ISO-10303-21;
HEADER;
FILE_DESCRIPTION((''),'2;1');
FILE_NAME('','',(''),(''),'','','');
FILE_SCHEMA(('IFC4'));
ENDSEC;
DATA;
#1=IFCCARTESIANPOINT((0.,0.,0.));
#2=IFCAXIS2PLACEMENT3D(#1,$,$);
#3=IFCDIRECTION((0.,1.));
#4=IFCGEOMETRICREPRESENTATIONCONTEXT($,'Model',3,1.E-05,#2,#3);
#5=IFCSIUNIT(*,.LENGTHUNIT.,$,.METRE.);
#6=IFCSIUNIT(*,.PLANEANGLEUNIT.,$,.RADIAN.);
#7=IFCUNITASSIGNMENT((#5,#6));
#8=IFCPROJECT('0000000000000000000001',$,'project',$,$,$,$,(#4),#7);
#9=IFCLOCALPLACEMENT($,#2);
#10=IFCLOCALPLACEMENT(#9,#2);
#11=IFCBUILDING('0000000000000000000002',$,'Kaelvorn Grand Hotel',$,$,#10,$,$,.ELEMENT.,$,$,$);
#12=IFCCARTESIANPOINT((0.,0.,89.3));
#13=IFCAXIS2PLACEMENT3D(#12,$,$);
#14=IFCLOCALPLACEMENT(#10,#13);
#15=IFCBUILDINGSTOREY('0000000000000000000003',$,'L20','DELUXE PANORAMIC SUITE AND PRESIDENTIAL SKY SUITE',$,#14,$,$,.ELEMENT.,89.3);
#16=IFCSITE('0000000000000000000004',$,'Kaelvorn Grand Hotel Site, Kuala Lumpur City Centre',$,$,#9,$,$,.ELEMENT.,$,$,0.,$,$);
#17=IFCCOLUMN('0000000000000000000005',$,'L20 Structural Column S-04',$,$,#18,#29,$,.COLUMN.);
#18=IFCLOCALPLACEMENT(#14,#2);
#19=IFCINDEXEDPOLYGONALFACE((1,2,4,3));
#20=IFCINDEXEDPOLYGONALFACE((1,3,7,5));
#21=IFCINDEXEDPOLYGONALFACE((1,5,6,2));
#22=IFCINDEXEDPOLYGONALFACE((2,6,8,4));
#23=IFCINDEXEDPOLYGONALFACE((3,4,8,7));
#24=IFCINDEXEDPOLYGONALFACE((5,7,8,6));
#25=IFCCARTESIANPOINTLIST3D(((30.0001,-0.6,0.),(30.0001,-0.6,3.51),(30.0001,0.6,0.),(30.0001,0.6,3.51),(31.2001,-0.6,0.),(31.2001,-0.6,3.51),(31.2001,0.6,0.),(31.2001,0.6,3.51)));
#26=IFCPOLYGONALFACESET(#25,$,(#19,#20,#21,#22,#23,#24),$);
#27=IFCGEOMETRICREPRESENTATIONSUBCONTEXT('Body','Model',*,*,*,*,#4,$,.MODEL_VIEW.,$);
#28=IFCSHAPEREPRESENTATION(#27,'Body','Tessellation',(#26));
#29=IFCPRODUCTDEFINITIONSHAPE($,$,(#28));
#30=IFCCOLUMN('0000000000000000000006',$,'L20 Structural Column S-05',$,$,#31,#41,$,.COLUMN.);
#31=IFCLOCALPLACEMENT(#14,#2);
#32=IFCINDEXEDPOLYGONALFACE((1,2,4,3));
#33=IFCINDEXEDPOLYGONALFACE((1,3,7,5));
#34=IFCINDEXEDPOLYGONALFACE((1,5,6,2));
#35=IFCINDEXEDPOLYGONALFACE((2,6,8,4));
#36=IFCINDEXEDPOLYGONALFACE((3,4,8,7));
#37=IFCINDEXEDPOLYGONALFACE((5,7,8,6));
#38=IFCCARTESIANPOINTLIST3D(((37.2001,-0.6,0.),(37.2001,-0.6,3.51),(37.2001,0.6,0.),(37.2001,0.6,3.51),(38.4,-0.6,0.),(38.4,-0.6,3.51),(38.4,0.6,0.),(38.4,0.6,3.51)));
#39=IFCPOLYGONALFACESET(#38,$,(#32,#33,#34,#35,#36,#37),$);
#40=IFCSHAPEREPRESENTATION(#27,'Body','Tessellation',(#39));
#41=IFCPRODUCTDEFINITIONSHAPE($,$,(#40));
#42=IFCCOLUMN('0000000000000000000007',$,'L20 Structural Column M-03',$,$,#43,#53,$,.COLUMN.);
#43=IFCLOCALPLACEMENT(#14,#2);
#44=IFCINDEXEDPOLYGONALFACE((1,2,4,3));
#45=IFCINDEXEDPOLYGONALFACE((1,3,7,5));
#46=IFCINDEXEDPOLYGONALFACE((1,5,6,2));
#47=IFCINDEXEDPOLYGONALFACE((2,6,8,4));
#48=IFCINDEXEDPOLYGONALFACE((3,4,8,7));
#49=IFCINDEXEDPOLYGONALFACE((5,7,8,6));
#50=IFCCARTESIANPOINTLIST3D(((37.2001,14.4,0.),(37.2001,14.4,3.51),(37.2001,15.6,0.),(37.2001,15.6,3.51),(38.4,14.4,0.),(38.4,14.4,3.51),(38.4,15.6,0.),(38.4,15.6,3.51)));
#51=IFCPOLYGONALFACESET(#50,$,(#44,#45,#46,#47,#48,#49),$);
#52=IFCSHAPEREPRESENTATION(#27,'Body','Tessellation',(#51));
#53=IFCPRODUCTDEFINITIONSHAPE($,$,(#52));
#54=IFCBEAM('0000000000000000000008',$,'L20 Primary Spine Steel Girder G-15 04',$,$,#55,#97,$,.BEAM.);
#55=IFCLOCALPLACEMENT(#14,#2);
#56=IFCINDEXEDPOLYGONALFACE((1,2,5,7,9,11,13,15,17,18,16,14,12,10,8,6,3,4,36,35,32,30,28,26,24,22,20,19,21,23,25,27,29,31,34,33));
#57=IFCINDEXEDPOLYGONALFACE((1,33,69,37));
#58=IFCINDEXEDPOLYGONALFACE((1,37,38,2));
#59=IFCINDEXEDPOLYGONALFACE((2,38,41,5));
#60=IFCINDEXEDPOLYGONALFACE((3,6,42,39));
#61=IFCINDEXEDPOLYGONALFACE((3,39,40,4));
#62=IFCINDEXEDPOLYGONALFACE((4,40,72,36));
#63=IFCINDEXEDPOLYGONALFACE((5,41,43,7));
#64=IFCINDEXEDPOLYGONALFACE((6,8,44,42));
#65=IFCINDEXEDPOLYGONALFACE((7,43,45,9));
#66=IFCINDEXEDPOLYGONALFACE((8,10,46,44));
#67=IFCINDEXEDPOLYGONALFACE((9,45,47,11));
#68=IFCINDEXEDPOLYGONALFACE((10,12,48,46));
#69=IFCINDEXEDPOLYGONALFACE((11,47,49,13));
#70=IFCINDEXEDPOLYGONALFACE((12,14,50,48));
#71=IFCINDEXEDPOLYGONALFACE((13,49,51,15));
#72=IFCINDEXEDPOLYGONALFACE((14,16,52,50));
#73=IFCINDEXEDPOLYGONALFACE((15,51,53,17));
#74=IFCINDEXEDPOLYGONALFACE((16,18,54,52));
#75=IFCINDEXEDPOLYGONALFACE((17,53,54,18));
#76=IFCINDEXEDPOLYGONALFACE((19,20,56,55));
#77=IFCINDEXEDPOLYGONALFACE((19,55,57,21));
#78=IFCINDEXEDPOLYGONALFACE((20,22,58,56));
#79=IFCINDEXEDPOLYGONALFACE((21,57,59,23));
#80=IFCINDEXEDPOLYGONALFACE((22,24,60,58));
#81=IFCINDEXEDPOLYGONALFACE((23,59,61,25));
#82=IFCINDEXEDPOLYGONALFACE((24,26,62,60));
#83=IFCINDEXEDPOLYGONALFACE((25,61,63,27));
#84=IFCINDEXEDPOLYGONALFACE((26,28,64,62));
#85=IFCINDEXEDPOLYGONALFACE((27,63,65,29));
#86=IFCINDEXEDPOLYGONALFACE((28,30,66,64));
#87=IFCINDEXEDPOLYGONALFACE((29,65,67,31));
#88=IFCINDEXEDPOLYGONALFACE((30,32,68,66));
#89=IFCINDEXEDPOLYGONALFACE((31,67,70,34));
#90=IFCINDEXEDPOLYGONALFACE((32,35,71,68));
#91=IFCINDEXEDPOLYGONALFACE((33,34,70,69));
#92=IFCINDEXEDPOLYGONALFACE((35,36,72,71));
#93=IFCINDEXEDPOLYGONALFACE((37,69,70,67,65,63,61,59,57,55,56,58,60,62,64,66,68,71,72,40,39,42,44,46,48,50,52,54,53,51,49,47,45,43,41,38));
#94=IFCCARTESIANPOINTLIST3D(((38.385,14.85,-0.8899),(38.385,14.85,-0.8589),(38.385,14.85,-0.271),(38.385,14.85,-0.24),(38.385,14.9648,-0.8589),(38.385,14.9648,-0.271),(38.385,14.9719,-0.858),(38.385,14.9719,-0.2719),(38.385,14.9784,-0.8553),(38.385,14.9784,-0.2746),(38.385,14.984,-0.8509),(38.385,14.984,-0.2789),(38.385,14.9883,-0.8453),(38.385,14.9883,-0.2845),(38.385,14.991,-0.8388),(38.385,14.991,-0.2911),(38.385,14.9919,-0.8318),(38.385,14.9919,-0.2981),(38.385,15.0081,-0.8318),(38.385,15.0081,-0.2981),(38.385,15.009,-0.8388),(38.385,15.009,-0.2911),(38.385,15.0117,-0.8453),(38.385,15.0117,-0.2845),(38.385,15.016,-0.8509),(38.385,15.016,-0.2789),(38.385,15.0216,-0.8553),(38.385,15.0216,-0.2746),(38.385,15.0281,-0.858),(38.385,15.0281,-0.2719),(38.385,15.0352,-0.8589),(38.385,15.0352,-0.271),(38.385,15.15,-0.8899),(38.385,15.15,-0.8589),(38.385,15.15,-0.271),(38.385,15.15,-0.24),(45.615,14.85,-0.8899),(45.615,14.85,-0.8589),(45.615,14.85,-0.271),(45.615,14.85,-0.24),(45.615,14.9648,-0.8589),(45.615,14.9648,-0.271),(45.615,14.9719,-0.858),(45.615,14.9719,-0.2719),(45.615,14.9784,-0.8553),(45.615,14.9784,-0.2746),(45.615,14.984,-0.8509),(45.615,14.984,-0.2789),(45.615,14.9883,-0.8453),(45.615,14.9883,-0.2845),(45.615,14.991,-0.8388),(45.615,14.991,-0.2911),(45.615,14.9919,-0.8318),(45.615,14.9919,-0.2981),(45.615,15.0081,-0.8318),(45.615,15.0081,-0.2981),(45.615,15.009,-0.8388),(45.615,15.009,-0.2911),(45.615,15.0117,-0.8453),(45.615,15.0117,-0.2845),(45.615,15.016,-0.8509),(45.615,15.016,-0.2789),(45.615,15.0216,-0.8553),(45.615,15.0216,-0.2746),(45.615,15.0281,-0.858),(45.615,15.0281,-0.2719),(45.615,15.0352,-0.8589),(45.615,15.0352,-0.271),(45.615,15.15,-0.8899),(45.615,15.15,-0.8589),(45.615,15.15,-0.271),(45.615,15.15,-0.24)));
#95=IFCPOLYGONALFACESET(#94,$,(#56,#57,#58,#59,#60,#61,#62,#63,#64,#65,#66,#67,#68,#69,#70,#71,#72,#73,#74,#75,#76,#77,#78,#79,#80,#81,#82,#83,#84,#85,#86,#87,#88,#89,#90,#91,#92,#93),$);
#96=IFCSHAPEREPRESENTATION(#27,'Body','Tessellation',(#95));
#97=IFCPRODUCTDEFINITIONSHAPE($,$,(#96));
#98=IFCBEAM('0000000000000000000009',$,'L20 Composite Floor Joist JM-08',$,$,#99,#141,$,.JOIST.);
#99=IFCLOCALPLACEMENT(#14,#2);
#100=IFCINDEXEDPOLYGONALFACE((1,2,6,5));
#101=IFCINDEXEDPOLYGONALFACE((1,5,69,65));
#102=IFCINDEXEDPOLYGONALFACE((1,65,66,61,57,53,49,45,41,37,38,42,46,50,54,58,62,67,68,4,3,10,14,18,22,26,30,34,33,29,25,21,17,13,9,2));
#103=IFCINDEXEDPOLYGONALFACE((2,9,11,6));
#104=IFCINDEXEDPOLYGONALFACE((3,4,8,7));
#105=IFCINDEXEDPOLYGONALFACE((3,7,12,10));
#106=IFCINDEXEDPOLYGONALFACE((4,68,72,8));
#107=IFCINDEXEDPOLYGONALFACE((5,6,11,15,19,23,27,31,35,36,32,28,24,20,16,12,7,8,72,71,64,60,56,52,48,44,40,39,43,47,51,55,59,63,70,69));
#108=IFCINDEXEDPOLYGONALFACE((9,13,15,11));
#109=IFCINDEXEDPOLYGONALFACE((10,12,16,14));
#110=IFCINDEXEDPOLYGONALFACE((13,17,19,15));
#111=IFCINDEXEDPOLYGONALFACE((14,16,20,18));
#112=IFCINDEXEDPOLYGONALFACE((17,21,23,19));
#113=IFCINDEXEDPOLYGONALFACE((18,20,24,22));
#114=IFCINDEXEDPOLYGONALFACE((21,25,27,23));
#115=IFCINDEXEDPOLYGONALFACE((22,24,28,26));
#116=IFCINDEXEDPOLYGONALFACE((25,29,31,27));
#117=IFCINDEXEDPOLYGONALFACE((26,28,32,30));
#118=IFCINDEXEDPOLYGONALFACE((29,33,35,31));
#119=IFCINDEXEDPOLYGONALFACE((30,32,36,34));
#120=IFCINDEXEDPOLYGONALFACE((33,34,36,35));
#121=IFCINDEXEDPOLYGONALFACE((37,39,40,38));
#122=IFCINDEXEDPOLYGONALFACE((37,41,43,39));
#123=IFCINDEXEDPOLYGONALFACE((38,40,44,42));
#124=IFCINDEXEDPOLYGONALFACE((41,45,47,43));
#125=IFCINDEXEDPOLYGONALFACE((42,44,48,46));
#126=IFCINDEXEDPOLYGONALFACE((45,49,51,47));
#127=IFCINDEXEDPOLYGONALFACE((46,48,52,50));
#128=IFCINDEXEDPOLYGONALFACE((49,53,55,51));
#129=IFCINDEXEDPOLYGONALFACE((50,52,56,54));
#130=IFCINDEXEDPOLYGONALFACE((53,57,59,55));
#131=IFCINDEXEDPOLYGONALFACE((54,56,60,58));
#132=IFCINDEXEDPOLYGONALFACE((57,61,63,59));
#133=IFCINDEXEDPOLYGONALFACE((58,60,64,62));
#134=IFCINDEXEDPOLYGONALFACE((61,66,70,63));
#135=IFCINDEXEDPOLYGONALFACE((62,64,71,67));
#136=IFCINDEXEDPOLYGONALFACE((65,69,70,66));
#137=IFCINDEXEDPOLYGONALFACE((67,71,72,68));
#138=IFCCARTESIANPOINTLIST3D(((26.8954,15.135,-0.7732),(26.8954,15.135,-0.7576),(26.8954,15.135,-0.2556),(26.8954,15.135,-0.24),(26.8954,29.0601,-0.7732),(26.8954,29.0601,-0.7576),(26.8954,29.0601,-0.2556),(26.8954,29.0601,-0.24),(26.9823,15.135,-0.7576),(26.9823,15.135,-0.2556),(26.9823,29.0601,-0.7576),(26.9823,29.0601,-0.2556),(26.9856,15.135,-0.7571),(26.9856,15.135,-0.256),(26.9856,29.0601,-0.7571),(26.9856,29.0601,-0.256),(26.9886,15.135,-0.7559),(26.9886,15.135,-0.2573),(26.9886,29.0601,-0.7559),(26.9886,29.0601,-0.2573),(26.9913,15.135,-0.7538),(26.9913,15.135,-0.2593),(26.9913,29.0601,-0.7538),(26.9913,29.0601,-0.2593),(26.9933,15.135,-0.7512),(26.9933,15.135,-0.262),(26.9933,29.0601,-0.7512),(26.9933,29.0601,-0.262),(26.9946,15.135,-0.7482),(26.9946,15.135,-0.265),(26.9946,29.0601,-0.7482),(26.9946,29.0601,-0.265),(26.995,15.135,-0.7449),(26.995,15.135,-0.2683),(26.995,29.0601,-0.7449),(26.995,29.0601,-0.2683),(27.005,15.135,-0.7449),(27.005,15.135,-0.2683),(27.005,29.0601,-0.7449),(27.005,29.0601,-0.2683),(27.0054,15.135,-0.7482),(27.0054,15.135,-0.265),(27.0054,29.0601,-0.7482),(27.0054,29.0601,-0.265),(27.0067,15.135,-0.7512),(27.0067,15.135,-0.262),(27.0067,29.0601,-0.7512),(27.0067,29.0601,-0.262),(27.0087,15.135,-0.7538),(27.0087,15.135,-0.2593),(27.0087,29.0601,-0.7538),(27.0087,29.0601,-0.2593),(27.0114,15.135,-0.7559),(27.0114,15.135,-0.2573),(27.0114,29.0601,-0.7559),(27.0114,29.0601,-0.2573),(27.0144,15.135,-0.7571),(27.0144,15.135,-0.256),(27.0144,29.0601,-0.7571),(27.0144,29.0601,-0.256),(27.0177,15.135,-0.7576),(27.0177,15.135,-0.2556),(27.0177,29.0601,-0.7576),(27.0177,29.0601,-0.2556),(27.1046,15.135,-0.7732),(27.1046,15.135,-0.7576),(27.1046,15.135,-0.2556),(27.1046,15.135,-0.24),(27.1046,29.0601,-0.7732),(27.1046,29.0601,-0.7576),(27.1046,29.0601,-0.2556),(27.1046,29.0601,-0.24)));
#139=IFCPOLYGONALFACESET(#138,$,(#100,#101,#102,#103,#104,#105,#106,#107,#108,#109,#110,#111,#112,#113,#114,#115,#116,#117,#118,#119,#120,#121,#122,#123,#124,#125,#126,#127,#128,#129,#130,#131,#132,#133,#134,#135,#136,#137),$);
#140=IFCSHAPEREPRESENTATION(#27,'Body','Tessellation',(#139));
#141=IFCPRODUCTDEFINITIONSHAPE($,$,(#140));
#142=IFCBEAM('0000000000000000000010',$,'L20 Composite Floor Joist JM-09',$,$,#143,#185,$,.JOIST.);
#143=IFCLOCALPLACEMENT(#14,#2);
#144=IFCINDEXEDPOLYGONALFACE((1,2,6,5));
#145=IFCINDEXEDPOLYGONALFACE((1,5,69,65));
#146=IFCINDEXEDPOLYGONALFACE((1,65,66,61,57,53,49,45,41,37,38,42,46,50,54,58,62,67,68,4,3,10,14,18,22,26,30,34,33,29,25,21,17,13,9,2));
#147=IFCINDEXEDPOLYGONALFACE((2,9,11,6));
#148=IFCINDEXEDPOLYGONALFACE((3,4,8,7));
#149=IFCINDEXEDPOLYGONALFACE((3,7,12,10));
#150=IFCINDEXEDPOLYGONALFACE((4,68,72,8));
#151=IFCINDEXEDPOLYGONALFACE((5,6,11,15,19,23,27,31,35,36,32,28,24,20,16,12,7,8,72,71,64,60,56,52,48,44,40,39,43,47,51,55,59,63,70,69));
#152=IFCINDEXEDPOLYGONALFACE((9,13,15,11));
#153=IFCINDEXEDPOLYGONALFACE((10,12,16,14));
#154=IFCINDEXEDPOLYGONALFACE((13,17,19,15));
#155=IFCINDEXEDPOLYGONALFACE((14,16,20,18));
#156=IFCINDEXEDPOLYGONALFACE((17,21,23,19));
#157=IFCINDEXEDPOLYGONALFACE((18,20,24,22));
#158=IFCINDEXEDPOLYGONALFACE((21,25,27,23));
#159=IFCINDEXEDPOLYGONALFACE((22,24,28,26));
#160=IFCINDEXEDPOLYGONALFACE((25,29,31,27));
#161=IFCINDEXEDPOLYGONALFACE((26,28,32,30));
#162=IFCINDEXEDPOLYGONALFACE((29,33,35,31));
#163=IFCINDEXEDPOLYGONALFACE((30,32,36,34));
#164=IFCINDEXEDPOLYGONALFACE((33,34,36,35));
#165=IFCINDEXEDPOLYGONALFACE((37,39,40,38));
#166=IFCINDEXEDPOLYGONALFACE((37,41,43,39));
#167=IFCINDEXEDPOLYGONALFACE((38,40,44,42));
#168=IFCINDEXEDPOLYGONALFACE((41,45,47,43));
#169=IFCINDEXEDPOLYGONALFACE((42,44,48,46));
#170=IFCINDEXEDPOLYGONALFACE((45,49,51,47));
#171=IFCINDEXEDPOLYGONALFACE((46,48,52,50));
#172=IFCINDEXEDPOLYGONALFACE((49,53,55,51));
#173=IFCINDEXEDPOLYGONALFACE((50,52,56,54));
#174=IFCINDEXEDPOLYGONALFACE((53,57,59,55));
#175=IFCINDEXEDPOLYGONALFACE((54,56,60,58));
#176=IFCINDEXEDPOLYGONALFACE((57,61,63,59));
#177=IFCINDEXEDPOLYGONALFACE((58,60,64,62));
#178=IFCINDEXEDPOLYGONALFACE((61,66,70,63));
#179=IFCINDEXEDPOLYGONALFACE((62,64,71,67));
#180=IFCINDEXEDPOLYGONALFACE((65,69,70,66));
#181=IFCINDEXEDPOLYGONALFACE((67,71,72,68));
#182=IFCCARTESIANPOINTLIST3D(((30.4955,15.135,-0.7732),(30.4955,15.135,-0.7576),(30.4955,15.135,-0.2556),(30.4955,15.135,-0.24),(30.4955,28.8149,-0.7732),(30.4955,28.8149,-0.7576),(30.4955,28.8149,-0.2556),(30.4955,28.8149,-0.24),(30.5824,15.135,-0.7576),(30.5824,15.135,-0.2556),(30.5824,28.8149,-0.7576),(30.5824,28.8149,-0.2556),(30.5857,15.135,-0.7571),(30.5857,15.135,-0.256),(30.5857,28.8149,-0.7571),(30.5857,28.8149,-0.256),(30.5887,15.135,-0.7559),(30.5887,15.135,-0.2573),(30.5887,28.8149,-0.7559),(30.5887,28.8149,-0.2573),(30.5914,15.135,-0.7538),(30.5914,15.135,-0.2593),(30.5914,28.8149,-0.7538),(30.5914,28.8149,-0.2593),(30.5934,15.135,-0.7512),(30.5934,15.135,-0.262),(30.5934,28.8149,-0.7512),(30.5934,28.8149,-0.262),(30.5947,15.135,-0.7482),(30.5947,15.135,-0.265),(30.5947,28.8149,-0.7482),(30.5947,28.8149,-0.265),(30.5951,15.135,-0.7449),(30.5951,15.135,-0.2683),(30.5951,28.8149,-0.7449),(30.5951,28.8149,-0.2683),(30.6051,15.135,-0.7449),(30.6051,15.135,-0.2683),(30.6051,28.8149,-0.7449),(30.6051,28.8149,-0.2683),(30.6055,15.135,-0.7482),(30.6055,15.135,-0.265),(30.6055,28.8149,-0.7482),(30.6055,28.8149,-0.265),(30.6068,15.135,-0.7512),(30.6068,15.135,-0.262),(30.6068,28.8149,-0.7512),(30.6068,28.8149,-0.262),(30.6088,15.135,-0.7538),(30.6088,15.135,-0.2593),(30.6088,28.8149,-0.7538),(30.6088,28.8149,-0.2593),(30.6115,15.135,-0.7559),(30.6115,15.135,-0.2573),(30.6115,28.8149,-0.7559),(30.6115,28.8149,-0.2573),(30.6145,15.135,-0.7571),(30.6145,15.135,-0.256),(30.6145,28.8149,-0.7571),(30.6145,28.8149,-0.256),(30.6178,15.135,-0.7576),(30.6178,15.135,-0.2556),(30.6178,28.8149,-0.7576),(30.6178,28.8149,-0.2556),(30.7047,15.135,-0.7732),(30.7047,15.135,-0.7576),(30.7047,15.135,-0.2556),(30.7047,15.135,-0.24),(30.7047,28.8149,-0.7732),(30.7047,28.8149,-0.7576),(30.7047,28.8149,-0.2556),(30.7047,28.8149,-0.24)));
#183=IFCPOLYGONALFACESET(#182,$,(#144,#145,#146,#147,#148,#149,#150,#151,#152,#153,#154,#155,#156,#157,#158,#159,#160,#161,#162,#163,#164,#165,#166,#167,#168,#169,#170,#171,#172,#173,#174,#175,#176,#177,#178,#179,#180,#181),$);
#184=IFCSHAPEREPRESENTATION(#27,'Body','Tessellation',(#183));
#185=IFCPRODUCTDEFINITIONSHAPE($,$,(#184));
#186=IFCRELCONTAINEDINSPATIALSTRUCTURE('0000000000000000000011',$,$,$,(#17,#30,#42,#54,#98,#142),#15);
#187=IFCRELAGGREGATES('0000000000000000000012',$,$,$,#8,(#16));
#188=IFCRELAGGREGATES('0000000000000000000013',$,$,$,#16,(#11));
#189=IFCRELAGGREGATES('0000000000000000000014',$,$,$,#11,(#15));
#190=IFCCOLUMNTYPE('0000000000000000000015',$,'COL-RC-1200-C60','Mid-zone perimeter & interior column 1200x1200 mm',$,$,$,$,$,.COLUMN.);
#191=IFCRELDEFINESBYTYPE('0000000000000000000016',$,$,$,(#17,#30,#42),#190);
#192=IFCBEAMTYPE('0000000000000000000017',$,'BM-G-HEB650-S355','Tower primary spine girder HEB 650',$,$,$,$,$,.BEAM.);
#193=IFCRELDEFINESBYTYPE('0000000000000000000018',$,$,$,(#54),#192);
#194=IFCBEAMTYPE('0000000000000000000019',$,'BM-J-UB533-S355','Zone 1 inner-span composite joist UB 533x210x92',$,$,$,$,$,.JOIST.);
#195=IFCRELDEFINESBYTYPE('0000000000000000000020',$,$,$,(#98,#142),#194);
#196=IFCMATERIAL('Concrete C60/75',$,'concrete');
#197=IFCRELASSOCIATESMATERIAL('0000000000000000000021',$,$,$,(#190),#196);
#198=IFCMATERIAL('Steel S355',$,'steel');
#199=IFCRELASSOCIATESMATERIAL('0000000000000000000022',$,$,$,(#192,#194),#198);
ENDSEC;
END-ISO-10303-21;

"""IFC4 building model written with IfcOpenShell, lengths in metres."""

from ifc_helpers import new_model, si_unit, direction, frame, origin, origin_2d, place, context, subcontext, project, spatial, rectangle, i_section, extrude, material, material_profile, profile_set, type_object, element, save


model = new_model("IFC4")

# Units and contexts
model_context = context("Model", 3, precision=1e-05, world=origin(), true_north=direction((0.0, 1.0)))
body_context = subcontext(model_context, "Body", "Model", "MODEL_VIEW")
ifc_project = project(units=[si_unit("LENGTHUNIT", "METRE"), si_unit("PLANEANGLEUNIT", "RADIAN")], contexts=[model_context])

# Site, building, storey
site_placement = place(None, origin())
site = spatial("IfcSite", under=ifc_project, at=site_placement, Name="Kaelvorn Grand Hotel Site, Kuala Lumpur City Centre", CompositionType="ELEMENT", RefElevation=0.0)
building_placement = place(site_placement, origin())
building = spatial("IfcBuilding", under=site, at=building_placement, Name="Kaelvorn Grand Hotel", CompositionType="ELEMENT")
storey_placement = place(building_placement, frame((0.0, 0.0, 89.3)))
storey = spatial("IfcBuildingStorey", under=building, at=storey_placement, Name="L20", Description="DELUXE PANORAMIC SUITE AND PRESIDENTIAL SKY SUITE", CompositionType="ELEMENT", Elevation=89.3)

# Columns
ifc_material_1 = material(Name="Concrete C60/75", Category="concrete")
ifc_material_profile_1 = material_profile(ifc_material_1, rectangle(XDim=1.2, YDim=1.2, at=origin_2d()), Name="RC COL 1200x1200")
ifc_profile_set_1 = profile_set([ifc_material_profile_1], Name="Concrete C60/75")
column_type = type_object("IfcColumnType", Name="COL-RC-1200-C60", Description="Mid-zone perimeter & interior column 1200x1200 mm", PredefinedType="COLUMN", material=ifc_profile_set_1)
for number, where, z_axis, x_axis, name in (
    (1, (30.6001, 0.0, 0.0), (0.0, 0.0, 1.0), (1.0, 0.0, 0.0), "L20 Structural Column S-04"),
    (2, (37.8, 0.0, 0.0), (0.0, 0.0, 1.0), (1.0, 0.0, 0.0), "L20 Structural Column S-05"),
    (3, (37.8, 15.0, 0.0), (0.0, 0.0, 1.0), (1.0, 0.0, 0.0), "L20 Structural Column M-03"),
):
    element("IfcColumn", number, at=place(storey_placement, frame(where, z_axis=z_axis, x_axis=x_axis)), inside=storey, type_object=column_type, Name=name, PredefinedType="COLUMN", context=body_context, shape_type="SweptSolid", body=[
        extrude(rectangle(XDim=1.2, YDim=1.2, at=origin_2d()), origin(), (0.0, 0.0, 1.0), 3.51),
    ])

# Beams
ifc_material_2 = material(Name="Steel S355", Category="steel")
ifc_material_profile_2 = material_profile(ifc_material_2, i_section(OverallWidth=0.3, OverallDepth=0.6499, WebThickness=0.0161, FlangeThickness=0.031, FilletRadius=0.0271, at=origin_2d()), Name="HEB 650")
ifc_profile_set_2 = profile_set([ifc_material_profile_2], Name="Steel S355")
beam_type_1 = type_object("IfcBeamType", Name="BM-G-HEB650-S355", Description="Tower primary spine girder HEB 650", PredefinedType="BEAM", material=ifc_profile_set_2)
beam_1_placement = place(storey_placement, frame((38.385, 15.0, -0.5649), z_axis=(1.0, 0.0, 0.0), x_axis=(0.0, 1.0, 0.0)))
element("IfcBeam", 4, at=beam_1_placement, inside=storey, type_object=beam_type_1, Name="L20 Primary Spine Steel Girder G-15 04", PredefinedType="BEAM", context=body_context, shape_type="SweptSolid", body=[
    extrude(i_section(OverallWidth=0.3, OverallDepth=0.6499, WebThickness=0.0161, FlangeThickness=0.031, FilletRadius=0.0271, at=origin_2d()), origin(), (0.0, 0.0, 1.0), 7.23),
])
ifc_material_profile_3 = material_profile(ifc_material_2, i_section(OverallWidth=0.2092, OverallDepth=0.5332, WebThickness=0.01, FlangeThickness=0.0156, FilletRadius=0.0127, at=origin_2d()), Name="UB 533x210x92")
ifc_profile_set_3 = profile_set([ifc_material_profile_3], Name="Steel S355")
beam_type_2 = type_object("IfcBeamType", Name="BM-J-UB533-S355", Description="Zone 1 inner-span composite joist UB 533x210x92", PredefinedType="JOIST", material=ifc_profile_set_3)
beam_2_placement = place(storey_placement, frame((27.0, 15.135, -0.5066), z_axis=(0.0, 1.0, 0.0), x_axis=(-1.0, 0.0, 0.0)))
element("IfcBeam", 5, at=beam_2_placement, inside=storey, type_object=beam_type_2, Name="L20 Composite Floor Joist JM-08", PredefinedType="JOIST", context=body_context, shape_type="SweptSolid", body=[
    extrude(i_section(OverallWidth=0.2092, OverallDepth=0.5332, WebThickness=0.01, FlangeThickness=0.0156, FilletRadius=0.0127, at=origin_2d()), origin(), (0.0, 0.0, 1.0), 13.925),
])
beam_3_placement = place(storey_placement, frame((30.6001, 15.135, -0.5066), z_axis=(0.0, 1.0, 0.0), x_axis=(-1.0, 0.0, 0.0)))
element("IfcBeam", 6, at=beam_3_placement, inside=storey, type_object=beam_type_2, Name="L20 Composite Floor Joist JM-09", PredefinedType="JOIST", context=body_context, shape_type="SweptSolid", body=[
    extrude(i_section(OverallWidth=0.2092, OverallDepth=0.5332, WebThickness=0.01, FlangeThickness=0.0156, FilletRadius=0.0127, at=origin_2d()), origin(), (0.0, 0.0, 1.0), 13.6799),
])

save(model, "model.ifc")
